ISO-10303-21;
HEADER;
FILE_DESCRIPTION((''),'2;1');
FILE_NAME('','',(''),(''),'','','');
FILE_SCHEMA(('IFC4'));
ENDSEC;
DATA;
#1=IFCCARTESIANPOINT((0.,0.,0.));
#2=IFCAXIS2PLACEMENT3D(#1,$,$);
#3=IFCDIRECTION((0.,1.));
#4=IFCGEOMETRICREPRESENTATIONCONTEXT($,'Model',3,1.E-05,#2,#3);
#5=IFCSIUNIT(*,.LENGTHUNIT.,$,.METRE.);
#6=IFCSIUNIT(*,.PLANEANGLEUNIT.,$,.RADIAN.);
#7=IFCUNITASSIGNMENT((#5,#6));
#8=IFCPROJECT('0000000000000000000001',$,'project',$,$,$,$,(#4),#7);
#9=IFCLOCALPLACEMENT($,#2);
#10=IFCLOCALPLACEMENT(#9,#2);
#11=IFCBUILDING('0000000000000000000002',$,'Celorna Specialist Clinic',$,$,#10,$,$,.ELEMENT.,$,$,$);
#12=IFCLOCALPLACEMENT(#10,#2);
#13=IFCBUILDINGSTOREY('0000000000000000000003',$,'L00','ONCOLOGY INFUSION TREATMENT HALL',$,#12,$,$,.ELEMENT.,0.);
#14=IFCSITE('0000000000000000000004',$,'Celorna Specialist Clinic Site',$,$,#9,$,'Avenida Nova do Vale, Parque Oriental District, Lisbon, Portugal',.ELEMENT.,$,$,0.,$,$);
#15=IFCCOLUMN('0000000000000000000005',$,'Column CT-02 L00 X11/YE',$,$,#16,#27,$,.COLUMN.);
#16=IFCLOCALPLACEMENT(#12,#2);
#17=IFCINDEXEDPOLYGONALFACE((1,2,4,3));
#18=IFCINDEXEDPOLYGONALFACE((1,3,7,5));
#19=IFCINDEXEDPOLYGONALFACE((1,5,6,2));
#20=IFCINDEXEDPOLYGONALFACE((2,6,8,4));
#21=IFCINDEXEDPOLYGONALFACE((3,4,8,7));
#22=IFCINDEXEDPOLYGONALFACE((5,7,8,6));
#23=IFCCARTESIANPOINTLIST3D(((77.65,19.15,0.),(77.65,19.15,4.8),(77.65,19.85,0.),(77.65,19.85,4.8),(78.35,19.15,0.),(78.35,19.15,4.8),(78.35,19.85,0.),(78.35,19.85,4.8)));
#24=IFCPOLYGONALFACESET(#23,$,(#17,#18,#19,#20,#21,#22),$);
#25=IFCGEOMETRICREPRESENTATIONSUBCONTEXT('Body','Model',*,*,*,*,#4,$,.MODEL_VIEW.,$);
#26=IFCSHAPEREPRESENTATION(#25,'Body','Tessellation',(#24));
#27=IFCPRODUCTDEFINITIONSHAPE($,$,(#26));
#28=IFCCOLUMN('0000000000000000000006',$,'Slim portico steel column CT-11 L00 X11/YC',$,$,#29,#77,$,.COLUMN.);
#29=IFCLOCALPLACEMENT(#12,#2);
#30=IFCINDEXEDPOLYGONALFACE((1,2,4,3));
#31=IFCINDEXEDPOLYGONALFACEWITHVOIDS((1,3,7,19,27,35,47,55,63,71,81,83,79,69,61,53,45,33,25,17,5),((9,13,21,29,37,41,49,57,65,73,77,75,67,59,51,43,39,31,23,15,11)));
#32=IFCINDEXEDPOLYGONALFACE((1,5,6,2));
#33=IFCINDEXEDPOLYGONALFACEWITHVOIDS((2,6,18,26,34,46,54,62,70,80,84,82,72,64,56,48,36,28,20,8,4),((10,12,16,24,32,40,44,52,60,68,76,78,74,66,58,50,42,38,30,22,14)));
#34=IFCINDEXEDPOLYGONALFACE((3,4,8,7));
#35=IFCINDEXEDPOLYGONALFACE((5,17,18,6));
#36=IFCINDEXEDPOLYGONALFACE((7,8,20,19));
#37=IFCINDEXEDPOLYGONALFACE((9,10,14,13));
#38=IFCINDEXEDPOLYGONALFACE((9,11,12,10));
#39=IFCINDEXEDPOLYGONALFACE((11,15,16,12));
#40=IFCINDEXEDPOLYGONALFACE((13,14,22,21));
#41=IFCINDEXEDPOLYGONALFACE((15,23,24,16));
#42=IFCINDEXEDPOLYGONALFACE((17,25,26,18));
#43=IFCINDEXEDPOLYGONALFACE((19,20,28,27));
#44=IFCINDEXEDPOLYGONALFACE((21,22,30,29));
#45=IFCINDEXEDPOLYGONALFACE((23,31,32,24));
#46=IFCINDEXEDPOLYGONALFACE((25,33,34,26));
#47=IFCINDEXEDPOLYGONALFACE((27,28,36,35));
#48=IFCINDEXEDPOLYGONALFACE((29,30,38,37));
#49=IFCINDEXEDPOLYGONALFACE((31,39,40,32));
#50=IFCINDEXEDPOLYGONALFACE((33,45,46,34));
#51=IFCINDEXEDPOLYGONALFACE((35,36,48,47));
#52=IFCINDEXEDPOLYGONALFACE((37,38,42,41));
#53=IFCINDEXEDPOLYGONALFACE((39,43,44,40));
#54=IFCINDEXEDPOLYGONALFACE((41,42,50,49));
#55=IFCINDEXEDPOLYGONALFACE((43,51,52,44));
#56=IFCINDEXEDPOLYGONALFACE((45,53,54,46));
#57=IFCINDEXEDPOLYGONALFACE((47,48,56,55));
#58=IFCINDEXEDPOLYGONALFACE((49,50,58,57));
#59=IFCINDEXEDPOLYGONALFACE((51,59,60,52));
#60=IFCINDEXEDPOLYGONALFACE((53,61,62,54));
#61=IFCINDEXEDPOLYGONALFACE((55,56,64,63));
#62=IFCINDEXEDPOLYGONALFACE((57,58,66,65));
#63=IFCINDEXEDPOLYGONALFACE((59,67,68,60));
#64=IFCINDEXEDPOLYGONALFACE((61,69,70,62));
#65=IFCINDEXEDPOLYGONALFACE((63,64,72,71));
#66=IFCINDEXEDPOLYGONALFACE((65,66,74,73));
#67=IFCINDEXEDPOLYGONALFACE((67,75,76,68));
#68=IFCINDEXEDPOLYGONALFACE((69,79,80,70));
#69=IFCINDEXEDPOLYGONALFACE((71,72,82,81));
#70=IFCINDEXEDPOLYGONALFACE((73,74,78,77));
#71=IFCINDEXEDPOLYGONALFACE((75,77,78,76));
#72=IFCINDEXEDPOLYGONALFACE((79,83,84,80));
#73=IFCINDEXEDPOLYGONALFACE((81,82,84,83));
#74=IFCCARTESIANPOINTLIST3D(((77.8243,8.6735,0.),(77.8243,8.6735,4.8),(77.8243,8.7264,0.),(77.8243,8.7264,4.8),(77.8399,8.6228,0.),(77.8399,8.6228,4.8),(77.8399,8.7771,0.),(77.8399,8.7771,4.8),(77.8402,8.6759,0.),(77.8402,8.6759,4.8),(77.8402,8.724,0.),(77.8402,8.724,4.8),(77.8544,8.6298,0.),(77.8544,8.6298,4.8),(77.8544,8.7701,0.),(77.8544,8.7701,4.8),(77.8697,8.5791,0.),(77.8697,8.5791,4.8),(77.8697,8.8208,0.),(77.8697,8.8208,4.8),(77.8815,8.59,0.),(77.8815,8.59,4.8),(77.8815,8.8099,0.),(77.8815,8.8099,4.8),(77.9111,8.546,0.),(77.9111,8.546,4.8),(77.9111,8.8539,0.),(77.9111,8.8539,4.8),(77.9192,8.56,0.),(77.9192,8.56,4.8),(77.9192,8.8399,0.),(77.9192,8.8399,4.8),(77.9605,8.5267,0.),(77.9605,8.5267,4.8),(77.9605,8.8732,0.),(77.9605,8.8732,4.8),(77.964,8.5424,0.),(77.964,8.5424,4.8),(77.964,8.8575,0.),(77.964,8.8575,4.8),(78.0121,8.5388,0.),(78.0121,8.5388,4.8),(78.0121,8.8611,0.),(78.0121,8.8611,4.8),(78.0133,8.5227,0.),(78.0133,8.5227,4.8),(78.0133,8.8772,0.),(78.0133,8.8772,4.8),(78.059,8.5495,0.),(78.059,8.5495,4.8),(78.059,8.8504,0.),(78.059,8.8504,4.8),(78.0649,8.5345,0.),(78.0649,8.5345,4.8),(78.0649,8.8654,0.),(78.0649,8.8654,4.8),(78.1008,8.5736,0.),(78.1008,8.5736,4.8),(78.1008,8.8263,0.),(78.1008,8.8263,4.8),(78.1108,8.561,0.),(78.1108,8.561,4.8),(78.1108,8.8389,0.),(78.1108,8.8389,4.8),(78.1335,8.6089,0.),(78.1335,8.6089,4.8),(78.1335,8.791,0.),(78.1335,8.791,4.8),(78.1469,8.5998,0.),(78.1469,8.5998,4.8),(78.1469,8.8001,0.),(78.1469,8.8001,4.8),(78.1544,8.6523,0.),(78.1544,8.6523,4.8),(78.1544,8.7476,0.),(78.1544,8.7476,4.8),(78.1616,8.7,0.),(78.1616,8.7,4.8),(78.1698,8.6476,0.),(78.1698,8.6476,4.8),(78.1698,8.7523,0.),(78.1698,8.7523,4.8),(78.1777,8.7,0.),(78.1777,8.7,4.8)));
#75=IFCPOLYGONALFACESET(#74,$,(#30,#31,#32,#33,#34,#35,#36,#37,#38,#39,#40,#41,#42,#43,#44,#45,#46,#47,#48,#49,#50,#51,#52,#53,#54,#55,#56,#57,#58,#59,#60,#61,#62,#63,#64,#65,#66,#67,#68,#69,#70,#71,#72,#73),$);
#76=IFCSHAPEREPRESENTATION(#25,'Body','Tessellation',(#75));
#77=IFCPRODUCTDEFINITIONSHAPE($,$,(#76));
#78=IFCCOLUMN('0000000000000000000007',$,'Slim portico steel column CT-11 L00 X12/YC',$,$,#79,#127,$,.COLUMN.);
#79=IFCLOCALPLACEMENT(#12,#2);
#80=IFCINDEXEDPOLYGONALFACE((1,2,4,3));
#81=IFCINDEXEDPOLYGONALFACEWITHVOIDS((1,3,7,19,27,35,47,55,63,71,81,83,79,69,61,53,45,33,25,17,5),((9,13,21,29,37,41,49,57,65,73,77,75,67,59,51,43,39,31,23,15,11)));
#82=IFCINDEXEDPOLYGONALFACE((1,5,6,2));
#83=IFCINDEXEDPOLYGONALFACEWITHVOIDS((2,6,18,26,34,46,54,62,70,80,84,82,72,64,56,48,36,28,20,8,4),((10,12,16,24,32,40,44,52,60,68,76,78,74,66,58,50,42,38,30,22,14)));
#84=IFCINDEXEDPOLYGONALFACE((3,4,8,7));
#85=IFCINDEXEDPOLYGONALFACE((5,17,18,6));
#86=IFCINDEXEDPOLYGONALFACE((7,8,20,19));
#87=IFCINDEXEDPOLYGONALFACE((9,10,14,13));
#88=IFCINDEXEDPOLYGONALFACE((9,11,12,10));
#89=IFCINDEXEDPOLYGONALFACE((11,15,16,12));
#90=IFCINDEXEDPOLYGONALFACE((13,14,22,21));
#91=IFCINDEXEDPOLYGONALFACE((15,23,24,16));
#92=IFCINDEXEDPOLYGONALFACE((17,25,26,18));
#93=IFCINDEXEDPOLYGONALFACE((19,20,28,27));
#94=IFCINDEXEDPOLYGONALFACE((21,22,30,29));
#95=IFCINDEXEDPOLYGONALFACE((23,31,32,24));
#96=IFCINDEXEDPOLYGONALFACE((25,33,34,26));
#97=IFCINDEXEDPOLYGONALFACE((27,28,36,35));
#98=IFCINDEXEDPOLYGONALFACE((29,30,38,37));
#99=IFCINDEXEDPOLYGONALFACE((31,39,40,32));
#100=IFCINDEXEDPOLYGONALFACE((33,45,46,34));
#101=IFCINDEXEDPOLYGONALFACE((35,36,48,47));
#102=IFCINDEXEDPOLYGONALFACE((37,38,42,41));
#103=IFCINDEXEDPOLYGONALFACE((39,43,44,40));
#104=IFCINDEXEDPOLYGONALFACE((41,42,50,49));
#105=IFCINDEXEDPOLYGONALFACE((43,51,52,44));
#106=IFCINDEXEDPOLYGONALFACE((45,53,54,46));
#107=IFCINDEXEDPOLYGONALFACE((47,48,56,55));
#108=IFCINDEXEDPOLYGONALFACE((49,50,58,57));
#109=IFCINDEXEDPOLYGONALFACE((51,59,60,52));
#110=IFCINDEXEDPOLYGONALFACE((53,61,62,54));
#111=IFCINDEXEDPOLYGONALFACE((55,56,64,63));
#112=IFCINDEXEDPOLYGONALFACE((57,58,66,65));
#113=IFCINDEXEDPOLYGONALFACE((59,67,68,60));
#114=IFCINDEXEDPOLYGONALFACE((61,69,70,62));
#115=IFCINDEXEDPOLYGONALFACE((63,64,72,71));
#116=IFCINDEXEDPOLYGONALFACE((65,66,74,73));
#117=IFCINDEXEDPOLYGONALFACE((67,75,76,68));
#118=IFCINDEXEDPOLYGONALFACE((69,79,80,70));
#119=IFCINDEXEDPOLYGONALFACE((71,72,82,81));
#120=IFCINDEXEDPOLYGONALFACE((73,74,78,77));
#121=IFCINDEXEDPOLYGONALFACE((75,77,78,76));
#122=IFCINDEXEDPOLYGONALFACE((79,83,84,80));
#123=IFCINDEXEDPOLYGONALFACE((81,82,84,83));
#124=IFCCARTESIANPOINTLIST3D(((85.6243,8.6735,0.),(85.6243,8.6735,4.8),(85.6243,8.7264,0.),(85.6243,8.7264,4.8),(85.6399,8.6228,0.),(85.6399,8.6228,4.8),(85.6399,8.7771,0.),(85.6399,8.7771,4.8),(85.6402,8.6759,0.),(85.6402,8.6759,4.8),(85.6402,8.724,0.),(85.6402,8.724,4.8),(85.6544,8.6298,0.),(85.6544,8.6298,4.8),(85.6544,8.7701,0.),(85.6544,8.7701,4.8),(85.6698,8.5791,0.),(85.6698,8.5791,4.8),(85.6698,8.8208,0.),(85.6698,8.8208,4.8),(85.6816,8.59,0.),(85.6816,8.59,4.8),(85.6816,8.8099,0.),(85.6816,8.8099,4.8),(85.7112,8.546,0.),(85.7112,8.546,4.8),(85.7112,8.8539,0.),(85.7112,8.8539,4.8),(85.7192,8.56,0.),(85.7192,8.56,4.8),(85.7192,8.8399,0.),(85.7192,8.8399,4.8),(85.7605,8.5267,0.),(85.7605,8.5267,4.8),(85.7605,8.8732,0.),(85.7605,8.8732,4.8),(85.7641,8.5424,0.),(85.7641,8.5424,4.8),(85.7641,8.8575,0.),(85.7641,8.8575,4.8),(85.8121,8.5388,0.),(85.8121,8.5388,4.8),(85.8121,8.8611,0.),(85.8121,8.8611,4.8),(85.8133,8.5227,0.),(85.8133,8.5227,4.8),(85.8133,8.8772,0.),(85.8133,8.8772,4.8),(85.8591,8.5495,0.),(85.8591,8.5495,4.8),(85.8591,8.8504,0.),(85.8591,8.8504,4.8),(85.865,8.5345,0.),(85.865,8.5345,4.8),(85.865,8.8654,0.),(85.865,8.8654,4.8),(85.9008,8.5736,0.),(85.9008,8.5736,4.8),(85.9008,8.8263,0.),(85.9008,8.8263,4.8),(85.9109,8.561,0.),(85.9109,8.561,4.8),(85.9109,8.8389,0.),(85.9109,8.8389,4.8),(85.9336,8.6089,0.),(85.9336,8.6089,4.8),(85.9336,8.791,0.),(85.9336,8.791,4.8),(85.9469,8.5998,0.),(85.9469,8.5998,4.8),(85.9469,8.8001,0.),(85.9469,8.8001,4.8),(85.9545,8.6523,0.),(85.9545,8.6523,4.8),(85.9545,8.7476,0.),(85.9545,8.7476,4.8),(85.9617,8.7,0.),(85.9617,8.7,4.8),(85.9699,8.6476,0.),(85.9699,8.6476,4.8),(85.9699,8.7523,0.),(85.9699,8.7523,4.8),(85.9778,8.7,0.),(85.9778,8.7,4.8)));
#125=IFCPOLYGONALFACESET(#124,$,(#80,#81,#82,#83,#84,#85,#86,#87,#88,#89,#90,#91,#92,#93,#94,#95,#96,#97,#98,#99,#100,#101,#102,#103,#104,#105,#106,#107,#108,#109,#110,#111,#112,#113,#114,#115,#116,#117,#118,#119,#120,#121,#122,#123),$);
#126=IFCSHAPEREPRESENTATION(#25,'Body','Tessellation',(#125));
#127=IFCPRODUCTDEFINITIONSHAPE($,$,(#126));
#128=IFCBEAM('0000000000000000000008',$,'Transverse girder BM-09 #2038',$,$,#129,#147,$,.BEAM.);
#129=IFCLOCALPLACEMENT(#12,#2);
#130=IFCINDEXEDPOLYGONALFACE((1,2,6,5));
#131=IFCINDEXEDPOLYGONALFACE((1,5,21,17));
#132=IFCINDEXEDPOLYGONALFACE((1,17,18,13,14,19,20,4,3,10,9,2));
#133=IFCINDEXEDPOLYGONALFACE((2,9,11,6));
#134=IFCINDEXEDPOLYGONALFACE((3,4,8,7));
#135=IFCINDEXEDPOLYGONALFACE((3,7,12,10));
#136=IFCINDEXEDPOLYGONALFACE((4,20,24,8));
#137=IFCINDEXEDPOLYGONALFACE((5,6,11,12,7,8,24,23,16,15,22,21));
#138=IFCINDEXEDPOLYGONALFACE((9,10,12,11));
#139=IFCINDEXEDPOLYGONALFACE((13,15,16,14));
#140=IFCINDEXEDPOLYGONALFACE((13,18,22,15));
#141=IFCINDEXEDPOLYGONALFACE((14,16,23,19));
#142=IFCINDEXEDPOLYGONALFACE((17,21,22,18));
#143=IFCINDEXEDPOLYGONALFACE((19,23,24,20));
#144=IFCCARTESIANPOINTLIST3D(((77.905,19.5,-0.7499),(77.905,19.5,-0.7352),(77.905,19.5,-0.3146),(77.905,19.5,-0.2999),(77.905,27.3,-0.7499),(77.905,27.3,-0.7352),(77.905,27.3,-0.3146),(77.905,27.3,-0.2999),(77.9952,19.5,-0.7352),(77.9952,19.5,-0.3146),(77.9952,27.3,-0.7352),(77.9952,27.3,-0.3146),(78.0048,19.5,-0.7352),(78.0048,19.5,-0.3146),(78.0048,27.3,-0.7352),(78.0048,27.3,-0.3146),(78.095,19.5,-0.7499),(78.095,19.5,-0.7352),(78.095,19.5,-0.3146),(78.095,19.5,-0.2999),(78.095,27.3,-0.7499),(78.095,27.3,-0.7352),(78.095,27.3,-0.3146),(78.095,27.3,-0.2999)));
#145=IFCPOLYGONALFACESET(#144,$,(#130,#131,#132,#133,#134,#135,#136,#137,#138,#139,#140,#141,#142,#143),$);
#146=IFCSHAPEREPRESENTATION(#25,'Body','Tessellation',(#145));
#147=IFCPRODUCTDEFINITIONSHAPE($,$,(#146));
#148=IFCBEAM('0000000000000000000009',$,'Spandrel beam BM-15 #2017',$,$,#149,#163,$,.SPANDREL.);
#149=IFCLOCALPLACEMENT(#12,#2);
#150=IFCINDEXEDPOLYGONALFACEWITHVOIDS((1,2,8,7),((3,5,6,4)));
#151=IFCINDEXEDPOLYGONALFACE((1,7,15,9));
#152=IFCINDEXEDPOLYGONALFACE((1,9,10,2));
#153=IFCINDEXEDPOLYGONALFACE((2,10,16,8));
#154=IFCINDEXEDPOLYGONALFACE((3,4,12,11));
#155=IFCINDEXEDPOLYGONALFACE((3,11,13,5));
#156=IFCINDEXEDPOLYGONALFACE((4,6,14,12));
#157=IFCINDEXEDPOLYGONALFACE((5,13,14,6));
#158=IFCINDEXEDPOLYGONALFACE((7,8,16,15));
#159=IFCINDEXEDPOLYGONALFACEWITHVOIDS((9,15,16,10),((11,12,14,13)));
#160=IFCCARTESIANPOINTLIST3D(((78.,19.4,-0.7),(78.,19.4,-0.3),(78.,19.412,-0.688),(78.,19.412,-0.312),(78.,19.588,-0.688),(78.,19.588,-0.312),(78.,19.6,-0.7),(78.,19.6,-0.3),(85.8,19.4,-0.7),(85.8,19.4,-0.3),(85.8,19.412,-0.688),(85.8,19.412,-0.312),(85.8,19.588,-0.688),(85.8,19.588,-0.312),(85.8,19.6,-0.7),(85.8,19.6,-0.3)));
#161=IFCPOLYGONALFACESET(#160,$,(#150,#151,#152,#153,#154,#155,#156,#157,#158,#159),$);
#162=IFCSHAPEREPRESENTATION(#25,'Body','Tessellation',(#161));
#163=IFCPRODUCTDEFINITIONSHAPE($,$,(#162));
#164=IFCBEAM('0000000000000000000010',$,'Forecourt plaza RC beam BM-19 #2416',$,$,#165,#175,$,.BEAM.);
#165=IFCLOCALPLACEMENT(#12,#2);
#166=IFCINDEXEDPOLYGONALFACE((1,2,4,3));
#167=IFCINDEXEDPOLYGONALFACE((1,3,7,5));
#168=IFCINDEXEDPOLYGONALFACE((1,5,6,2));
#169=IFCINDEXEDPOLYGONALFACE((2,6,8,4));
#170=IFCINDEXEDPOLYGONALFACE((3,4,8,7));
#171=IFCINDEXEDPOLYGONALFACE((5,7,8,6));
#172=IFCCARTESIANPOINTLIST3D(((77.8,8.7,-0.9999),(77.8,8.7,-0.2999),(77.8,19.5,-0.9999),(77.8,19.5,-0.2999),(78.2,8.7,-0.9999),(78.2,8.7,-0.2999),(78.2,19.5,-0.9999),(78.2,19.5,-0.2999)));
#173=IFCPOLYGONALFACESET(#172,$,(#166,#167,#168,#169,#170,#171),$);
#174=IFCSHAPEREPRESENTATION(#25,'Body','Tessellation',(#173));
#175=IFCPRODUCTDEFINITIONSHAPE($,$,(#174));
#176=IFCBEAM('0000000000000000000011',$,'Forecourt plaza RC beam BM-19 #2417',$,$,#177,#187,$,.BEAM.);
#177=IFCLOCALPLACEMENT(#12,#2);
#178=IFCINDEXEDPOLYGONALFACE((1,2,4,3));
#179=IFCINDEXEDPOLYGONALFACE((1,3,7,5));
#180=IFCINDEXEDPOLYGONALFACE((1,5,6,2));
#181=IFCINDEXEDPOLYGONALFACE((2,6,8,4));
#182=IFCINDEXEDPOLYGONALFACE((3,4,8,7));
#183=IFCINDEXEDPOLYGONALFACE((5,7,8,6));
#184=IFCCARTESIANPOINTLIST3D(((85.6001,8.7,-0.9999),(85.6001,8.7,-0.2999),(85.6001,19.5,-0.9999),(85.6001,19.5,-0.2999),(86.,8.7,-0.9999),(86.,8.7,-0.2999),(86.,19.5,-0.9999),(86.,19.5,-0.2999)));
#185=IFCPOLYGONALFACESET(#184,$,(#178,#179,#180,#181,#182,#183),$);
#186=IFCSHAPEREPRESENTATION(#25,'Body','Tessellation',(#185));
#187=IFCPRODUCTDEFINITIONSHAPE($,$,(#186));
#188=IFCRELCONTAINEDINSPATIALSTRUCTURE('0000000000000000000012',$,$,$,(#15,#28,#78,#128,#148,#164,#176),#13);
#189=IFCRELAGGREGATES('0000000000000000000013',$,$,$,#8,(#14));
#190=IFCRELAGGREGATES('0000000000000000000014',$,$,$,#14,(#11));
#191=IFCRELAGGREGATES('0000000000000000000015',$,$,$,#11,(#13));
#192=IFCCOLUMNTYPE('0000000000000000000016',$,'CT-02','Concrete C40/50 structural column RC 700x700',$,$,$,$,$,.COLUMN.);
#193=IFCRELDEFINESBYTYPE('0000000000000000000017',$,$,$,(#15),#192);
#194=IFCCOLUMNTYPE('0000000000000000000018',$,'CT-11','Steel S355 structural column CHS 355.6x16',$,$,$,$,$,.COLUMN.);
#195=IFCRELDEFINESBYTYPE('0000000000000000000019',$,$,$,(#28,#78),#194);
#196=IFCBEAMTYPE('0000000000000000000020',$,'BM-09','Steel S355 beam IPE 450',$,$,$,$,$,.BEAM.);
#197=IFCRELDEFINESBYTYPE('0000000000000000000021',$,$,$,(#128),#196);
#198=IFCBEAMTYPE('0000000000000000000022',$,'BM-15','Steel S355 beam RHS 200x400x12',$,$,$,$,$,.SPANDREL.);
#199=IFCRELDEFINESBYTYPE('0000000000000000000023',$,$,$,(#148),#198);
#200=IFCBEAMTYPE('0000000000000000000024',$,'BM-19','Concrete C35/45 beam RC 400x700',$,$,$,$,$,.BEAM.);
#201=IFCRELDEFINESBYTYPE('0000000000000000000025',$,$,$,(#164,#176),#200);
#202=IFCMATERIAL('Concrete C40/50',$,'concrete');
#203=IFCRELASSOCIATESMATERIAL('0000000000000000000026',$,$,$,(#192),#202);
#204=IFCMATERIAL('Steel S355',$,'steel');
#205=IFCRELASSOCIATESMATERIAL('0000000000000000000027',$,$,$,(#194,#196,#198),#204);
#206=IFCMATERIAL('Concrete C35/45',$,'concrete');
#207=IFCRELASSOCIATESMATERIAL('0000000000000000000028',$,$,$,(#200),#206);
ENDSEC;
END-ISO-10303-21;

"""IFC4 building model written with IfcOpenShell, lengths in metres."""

from ifc_helpers import new_model, si_unit, direction, frame, origin, origin_2d, place, context, subcontext, project, spatial, rectangle, hollow_rectangle, hollow_circle, i_section, extrude, material, material_profile, profile_set, type_object, element, save


model = new_model("IFC4")

# Units and contexts
model_context = context("Model", 3, precision=1e-05, world=origin(), true_north=direction((0.0, 1.0)))
body_context = subcontext(model_context, "Body", "Model", "MODEL_VIEW")
ifc_project = project(units=[si_unit("LENGTHUNIT", "METRE"), si_unit("PLANEANGLEUNIT", "RADIAN")], contexts=[model_context])

# Site, building, storey
site_placement = place(None, origin())
site = spatial("IfcSite", under=ifc_project, at=site_placement, Name="Celorna Specialist Clinic Site", LongName="Avenida Nova do Vale, Parque Oriental District, Lisbon, Portugal", CompositionType="ELEMENT", RefElevation=0.0)
building_placement = place(site_placement, origin())
building = spatial("IfcBuilding", under=site, at=building_placement, Name="Celorna Specialist Clinic", CompositionType="ELEMENT")
storey_placement = place(building_placement, origin())
storey = spatial("IfcBuildingStorey", under=building, at=storey_placement, Name="L00", Description="ONCOLOGY INFUSION TREATMENT HALL", CompositionType="ELEMENT", Elevation=0.0)

# Columns
ifc_material_1 = material(Name="Concrete C40/50", Category="concrete")
ifc_material_profile_1 = material_profile(ifc_material_1, rectangle(XDim=0.7, YDim=0.7, at=origin_2d()), Name="RC 700x700")
ifc_profile_set_1 = profile_set([ifc_material_profile_1], Name="Concrete C40/50")
column_type_1 = type_object("IfcColumnType", Name="CT-02", Description="Concrete C40/50 structural column RC 700x700", PredefinedType="COLUMN", material=ifc_profile_set_1)
column_placement = place(storey_placement, frame((78.0, 19.5, 0.0), z_axis=(0.0, 0.0, 1.0), x_axis=(1.0, 0.0, 0.0)))
element("IfcColumn", 1, at=column_placement, inside=storey, type_object=column_type_1, Name="Column CT-02 L00 X11/YE", PredefinedType="COLUMN", context=body_context, shape_type="SweptSolid", body=[
    extrude(rectangle(XDim=0.7, YDim=0.7, at=origin_2d()), origin(), (0.0, 0.0, 1.0), 4.8),
])
ifc_material_2 = material(Name="Steel S355", Category="steel")
ifc_material_profile_2 = material_profile(ifc_material_2, hollow_circle(Radius=0.1777, WallThickness=0.0161, at=origin_2d()), Name="CHS 355.6x16")
ifc_profile_set_2 = profile_set([ifc_material_profile_2], Name="Steel S355")
column_type_2 = type_object("IfcColumnType", Name="CT-11", Description="Steel S355 structural column CHS 355.6x16", PredefinedType="COLUMN", material=ifc_profile_set_2)
for number, where, z_axis, x_axis, name in (
    (2, (78.0, 8.7, 0.0), (0.0, 0.0, 1.0), (1.0, 0.0, 0.0), "Slim portico steel column CT-11 L00 X11/YC"),
    (3, (85.8, 8.7, 0.0), (0.0, 0.0, 1.0), (1.0, 0.0, 0.0), "Slim portico steel column CT-11 L00 X12/YC"),
):
    element("IfcColumn", number, at=place(storey_placement, frame(where, z_axis=z_axis, x_axis=x_axis)), inside=storey, type_object=column_type_2, Name=name, PredefinedType="COLUMN", context=body_context, shape_type="SweptSolid", body=[
        extrude(hollow_circle(Radius=0.1777, WallThickness=0.0161, at=origin_2d()), origin(), (0.0, 0.0, 1.0), 4.8),
    ])

# Beams
ifc_material_profile_3 = material_profile(ifc_material_2, i_section(OverallWidth=0.1899, OverallDepth=0.45, WebThickness=0.0095, FlangeThickness=0.0146, at=origin_2d()), Name="IPE 450")
ifc_profile_set_3 = profile_set([ifc_material_profile_3], Name="Steel S355")
beam_type_1 = type_object("IfcBeamType", Name="BM-09", Description="Steel S355 beam IPE 450", PredefinedType="BEAM", material=ifc_profile_set_3)
beam_1_placement = place(storey_placement, frame((78.0, 19.5, -0.5249), z_axis=(0.0, 1.0, 0.0), x_axis=(-1.0, 0.0, 0.0)))
element("IfcBeam", 4, at=beam_1_placement, inside=storey, type_object=beam_type_1, Name="Transverse girder BM-09 #2038", PredefinedType="BEAM", context=body_context, shape_type="SweptSolid", body=[
    extrude(i_section(OverallWidth=0.1899, OverallDepth=0.45, WebThickness=0.0095, FlangeThickness=0.0146, at=origin_2d()), origin(), (0.0, 0.0, 1.0), 7.8),
])
ifc_material_profile_4 = material_profile(ifc_material_2, hollow_rectangle(XDim=0.2, YDim=0.3999, WallThickness=0.012, at=origin_2d()), Name="RHS 200x400x12")
ifc_profile_set_4 = profile_set([ifc_material_profile_4], Name="Steel S355")
beam_type_2 = type_object("IfcBeamType", Name="BM-15", Description="Steel S355 beam RHS 200x400x12", PredefinedType="SPANDREL", material=ifc_profile_set_4)
beam_2_placement = place(storey_placement, frame((78.0, 19.5, -0.5), z_axis=(1.0, 0.0, 0.0), x_axis=(0.0, 1.0, 0.0)))
element("IfcBeam", 5, at=beam_2_placement, inside=storey, type_object=beam_type_2, Name="Spandrel beam BM-15 #2017", PredefinedType="SPANDREL", context=body_context, shape_type="SweptSolid", body=[
    extrude(hollow_rectangle(XDim=0.2, YDim=0.3999, WallThickness=0.012, at=origin_2d()), origin(), (0.0, 0.0, 1.0), 7.8),
])
ifc_material_3 = material(Name="Concrete C35/45", Category="concrete")
ifc_material_profile_5 = material_profile(ifc_material_3, rectangle(XDim=0.3999, YDim=0.7, at=origin_2d()), Name="RC 400x700")
ifc_profile_set_5 = profile_set([ifc_material_profile_5], Name="Concrete C35/45")
beam_type_3 = type_object("IfcBeamType", Name="BM-19", Description="Concrete C35/45 beam RC 400x700", PredefinedType="BEAM", material=ifc_profile_set_5)
for number, where, z_axis, x_axis, name in (
    (6, (78.0, 8.7, -0.6499), (0.0, 1.0, 0.0), (-1.0, 0.0, 0.0), "Forecourt plaza RC beam BM-19 #2416"),
    (7, (85.8, 8.7, -0.6499), (0.0, 1.0, 0.0), (-1.0, 0.0, 0.0), "Forecourt plaza RC beam BM-19 #2417"),
):
    element("IfcBeam", number, at=place(storey_placement, frame(where, z_axis=z_axis, x_axis=x_axis)), inside=storey, type_object=beam_type_3, Name=name, PredefinedType="BEAM", context=body_context, shape_type="SweptSolid", body=[
        extrude(rectangle(XDim=0.3999, YDim=0.7, at=origin_2d()), origin(), (0.0, 0.0, 1.0), 10.8),
    ])

save(model, "model.ifc")
